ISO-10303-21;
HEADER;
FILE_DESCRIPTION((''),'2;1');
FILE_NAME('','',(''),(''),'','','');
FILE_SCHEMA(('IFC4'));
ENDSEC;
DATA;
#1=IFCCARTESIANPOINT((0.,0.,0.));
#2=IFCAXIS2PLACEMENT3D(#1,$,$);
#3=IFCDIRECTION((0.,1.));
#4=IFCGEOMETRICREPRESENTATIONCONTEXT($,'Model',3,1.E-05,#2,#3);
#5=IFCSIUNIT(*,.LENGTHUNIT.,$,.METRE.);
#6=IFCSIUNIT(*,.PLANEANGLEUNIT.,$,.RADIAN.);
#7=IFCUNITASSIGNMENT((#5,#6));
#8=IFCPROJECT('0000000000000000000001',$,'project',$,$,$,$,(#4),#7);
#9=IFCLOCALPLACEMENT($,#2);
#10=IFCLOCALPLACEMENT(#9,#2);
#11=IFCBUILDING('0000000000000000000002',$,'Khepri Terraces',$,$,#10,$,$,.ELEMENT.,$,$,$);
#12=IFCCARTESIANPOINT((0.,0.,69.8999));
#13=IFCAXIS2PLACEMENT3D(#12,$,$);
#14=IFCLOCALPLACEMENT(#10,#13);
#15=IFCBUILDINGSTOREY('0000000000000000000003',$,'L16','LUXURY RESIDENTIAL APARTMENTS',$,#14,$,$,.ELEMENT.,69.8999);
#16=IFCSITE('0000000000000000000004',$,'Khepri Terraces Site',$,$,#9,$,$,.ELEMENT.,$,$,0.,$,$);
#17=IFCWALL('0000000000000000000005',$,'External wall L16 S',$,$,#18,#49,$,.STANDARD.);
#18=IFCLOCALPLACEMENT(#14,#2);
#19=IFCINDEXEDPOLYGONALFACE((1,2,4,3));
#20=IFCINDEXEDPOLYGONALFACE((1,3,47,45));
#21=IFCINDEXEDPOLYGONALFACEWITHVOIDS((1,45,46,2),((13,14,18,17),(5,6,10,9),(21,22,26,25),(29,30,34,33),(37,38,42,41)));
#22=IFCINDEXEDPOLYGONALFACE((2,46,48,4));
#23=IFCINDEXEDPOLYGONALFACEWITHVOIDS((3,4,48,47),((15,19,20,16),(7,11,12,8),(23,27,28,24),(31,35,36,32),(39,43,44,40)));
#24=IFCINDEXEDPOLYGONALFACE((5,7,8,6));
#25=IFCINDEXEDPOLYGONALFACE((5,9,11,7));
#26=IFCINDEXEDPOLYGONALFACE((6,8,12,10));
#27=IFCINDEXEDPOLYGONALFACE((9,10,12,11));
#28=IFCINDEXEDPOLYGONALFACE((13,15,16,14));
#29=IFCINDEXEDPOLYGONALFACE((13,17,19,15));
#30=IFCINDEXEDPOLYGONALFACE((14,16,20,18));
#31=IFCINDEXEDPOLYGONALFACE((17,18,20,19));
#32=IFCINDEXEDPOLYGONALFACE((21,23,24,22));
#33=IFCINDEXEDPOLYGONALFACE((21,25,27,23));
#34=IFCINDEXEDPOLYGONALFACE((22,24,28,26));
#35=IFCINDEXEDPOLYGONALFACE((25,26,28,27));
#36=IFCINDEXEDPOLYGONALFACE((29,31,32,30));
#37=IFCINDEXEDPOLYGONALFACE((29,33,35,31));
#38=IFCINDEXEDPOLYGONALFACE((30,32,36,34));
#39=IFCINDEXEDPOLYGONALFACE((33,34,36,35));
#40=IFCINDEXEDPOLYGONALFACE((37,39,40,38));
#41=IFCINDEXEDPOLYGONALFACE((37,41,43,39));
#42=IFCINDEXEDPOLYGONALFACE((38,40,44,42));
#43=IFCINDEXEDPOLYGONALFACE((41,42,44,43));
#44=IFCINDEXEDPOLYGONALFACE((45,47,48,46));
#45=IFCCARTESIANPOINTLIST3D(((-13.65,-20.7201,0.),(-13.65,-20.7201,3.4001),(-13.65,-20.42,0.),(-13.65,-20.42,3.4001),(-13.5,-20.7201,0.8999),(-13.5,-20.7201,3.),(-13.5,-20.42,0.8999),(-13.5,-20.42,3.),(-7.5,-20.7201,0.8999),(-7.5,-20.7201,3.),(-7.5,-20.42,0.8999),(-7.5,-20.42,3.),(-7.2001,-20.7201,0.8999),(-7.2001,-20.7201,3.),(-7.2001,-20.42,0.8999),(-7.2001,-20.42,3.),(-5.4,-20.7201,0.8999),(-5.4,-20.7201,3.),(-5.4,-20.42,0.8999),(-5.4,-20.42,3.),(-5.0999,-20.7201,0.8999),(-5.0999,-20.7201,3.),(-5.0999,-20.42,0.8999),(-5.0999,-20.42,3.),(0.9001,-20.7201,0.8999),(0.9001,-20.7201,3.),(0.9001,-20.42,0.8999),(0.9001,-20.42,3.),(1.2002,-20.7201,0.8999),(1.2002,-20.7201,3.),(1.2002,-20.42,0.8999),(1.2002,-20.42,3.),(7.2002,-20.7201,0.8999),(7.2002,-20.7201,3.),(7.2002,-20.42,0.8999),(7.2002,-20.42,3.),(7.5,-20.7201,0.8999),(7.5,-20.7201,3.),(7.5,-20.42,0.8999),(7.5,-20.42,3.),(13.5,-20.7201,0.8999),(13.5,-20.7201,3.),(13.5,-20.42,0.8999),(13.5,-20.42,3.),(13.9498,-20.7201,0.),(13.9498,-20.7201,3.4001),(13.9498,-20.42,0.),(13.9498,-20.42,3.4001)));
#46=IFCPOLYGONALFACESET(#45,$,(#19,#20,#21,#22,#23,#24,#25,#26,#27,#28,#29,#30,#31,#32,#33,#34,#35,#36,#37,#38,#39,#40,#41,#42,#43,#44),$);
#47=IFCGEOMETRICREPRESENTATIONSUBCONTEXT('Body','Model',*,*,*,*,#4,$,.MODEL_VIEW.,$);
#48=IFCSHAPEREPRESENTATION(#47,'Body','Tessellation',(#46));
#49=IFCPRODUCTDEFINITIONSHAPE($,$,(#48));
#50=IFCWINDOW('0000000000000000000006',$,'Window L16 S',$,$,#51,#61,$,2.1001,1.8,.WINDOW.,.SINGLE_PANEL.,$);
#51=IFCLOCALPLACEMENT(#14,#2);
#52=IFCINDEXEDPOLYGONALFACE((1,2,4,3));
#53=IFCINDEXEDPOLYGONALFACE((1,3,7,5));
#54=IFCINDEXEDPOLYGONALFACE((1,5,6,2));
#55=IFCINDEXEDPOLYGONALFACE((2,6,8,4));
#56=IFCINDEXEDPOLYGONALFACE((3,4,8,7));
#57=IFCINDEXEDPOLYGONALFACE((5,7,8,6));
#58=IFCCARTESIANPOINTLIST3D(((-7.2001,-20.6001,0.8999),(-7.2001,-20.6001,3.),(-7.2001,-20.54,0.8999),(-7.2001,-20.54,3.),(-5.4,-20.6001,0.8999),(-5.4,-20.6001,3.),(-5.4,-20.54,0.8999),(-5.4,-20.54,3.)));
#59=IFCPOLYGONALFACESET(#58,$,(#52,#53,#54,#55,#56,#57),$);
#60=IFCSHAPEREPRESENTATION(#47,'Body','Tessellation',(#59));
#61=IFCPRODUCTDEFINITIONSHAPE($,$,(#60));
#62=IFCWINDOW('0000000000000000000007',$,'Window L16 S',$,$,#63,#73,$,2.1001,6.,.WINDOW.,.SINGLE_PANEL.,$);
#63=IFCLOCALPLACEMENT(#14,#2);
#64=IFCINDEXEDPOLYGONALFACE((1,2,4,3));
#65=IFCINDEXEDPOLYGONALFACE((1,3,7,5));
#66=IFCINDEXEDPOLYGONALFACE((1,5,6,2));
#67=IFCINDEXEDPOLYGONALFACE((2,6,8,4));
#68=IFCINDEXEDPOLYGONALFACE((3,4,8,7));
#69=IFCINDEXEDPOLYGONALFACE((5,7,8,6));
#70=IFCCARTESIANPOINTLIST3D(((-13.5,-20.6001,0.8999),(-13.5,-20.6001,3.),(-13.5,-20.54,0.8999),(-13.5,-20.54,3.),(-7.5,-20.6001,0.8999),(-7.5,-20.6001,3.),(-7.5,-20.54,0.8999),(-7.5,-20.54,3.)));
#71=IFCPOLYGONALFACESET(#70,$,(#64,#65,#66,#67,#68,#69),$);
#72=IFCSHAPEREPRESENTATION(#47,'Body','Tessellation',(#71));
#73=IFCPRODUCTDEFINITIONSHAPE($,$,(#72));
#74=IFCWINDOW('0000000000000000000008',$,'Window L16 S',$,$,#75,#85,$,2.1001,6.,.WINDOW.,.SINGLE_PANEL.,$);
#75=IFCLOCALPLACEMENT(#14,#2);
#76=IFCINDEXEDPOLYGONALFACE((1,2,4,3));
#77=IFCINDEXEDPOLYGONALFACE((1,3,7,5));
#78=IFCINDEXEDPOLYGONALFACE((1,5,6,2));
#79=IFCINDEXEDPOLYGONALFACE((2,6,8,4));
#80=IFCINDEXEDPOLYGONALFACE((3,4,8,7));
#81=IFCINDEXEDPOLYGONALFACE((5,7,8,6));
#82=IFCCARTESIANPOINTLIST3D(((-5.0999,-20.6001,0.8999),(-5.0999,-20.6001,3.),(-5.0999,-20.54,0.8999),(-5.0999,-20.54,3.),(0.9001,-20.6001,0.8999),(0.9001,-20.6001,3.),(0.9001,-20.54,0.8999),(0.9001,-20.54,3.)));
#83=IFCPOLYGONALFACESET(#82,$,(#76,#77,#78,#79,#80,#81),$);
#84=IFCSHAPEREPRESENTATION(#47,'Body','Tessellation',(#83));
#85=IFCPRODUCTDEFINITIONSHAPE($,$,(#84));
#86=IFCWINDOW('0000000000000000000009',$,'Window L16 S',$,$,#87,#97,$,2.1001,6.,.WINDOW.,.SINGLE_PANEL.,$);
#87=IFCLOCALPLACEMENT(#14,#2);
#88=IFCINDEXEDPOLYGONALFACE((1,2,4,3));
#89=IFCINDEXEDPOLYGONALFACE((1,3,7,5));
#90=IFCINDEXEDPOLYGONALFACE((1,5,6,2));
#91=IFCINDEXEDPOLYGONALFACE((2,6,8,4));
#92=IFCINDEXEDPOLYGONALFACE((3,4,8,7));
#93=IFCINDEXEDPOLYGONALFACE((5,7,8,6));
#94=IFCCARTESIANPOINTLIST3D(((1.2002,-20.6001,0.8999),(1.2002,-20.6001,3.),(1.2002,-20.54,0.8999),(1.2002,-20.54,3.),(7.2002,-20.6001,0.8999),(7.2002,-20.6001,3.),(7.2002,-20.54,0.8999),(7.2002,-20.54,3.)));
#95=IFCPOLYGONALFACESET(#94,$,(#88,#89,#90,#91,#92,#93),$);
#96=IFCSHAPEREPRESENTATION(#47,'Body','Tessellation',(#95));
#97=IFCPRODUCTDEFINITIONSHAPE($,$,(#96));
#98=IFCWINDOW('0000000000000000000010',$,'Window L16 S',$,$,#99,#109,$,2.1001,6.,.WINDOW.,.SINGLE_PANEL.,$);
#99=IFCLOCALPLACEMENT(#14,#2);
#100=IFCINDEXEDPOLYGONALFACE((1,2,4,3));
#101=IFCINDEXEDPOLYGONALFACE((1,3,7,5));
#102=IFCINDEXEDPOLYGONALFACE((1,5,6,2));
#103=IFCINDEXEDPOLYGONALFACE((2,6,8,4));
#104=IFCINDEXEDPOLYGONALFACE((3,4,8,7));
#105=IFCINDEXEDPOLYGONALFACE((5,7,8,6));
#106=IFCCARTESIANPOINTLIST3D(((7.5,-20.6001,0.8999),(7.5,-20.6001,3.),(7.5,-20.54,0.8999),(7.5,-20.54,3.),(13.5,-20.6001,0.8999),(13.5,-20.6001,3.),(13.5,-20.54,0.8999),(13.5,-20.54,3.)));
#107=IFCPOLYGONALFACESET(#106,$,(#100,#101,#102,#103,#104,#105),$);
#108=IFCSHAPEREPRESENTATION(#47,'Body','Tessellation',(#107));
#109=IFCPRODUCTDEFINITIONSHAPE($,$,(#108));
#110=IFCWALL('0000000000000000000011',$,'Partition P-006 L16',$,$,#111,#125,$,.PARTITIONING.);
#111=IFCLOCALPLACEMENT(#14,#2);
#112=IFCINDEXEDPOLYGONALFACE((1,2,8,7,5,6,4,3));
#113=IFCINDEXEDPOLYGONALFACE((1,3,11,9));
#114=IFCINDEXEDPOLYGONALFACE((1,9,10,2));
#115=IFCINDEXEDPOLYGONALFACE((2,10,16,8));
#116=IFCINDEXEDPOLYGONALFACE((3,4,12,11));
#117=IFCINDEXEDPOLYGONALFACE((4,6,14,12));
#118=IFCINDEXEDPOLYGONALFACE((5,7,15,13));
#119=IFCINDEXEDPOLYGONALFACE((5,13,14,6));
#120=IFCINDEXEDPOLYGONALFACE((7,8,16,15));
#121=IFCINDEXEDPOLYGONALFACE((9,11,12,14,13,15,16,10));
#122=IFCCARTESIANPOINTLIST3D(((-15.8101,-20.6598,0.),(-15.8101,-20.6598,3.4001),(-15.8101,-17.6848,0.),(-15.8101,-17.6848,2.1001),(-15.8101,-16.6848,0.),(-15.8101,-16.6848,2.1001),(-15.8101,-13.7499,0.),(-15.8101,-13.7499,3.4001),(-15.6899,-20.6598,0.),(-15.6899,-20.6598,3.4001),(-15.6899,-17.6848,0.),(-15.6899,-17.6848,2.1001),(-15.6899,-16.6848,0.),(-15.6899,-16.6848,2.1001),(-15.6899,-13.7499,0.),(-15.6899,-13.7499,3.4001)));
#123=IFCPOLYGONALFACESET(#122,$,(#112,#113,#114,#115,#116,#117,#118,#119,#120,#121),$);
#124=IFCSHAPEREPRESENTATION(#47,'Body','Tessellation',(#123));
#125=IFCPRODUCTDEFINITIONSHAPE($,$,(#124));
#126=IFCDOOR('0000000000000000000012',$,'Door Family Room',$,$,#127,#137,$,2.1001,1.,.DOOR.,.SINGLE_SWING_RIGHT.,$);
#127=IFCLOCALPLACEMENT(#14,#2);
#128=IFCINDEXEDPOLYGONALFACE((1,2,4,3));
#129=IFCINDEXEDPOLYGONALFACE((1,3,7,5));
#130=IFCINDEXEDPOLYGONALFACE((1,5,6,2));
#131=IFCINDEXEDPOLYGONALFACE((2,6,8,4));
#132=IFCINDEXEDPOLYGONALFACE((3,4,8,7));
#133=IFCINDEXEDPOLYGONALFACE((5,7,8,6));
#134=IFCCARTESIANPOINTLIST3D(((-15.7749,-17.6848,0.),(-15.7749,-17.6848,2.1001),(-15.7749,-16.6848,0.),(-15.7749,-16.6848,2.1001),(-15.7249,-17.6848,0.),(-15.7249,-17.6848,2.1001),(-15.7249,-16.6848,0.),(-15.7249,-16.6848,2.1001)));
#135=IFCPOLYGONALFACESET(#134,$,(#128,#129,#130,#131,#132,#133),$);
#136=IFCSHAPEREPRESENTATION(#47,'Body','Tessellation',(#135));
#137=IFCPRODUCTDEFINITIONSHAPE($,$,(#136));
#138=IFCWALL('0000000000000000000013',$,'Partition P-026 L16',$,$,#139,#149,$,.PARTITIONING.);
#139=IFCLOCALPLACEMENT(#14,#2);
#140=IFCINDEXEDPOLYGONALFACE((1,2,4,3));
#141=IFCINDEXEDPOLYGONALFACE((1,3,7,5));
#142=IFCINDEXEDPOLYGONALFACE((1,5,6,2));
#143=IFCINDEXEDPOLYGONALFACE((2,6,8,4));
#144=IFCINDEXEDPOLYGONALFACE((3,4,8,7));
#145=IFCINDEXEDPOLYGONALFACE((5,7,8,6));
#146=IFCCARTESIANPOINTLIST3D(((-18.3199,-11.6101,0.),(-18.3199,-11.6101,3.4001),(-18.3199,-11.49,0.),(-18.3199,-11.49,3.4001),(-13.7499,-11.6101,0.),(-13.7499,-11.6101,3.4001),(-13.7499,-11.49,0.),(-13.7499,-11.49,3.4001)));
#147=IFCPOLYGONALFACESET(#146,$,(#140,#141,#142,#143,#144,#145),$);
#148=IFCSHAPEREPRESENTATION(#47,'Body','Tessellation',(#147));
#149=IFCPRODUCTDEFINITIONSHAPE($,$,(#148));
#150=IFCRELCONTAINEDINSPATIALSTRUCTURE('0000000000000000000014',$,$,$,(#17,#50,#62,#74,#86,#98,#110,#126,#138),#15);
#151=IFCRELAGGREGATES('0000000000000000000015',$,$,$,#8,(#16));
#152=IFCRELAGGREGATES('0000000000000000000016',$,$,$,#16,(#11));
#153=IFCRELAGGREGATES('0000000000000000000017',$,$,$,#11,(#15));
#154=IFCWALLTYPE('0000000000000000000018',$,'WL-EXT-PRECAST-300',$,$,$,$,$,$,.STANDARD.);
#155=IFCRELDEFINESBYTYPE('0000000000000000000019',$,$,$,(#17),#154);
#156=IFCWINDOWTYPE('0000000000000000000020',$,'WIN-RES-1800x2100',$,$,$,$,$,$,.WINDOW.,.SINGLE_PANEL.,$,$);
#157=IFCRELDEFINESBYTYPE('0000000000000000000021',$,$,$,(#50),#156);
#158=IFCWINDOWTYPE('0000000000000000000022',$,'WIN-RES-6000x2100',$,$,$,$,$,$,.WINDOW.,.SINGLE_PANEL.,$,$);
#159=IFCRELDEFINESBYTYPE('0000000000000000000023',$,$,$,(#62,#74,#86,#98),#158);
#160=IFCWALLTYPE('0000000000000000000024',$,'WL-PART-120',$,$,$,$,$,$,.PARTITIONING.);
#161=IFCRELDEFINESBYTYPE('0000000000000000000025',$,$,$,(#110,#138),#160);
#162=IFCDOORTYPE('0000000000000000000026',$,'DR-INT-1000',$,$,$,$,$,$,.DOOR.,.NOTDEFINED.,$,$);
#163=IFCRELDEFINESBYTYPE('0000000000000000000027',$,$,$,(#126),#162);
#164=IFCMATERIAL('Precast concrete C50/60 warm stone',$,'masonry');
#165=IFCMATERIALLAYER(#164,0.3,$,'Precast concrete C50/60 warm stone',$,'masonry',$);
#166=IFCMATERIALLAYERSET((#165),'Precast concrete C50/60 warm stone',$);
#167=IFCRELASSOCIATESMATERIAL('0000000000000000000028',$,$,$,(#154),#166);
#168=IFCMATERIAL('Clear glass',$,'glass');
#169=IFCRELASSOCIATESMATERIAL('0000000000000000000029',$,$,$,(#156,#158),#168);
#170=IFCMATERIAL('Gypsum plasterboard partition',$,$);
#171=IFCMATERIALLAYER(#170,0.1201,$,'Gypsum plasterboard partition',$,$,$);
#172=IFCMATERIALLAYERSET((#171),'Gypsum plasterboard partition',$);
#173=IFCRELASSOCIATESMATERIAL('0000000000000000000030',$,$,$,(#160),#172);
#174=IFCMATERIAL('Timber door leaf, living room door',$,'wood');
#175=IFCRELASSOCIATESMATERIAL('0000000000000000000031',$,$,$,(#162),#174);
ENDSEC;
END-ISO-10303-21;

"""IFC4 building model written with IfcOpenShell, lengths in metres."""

from ifc_helpers import new_model, si_unit, direction, frame, frame_2d, origin, place, context, subcontext, project, spatial, rectangle, extrude, material, layer, layer_set, type_object, element, fill, save


model = new_model("IFC4")

# Units and contexts
model_context = context("Model", 3, precision=1e-05, world=origin(), true_north=direction((0.0, 1.0)))
body_context = subcontext(model_context, "Body", "Model", "MODEL_VIEW")
ifc_project = project(units=[si_unit("LENGTHUNIT", "METRE"), si_unit("PLANEANGLEUNIT", "RADIAN")], contexts=[model_context])

# Site, building, storey
site_placement = place(None, origin())
site = spatial("IfcSite", under=ifc_project, at=site_placement, Name="Khepri Terraces Site", CompositionType="ELEMENT", RefElevation=0.0)
building_placement = place(site_placement, origin())
building = spatial("IfcBuilding", under=site, at=building_placement, Name="Khepri Terraces", CompositionType="ELEMENT")
storey_placement = place(building_placement, frame((0.0, 0.0, 69.8999)))
storey = spatial("IfcBuildingStorey", under=building, at=storey_placement, Name="L16", Description="LUXURY RESIDENTIAL APARTMENTS", CompositionType="ELEMENT", Elevation=69.8999)

# Shared definitions
ifc_material_1 = material(Name="Precast concrete C50/60 warm stone", Category="masonry")
ifc_layer_1 = layer(ifc_material_1, 0.3, Name="Precast concrete C50/60 warm stone", Category="masonry")
ifc_layer_set_1 = layer_set([ifc_layer_1], Name="Precast concrete C50/60 warm stone")
wall_type_1 = type_object("IfcWallType", Name="WL-EXT-PRECAST-300", PredefinedType="STANDARD", material=ifc_layer_set_1)

# Shared definitions
ifc_material_2 = material(Name="Clear glass", Category="glass")
window_type_1 = type_object("IfcWindowType", Name="WIN-RES-1800x2100", PartitioningType="SINGLE_PANEL", PredefinedType="WINDOW", material=ifc_material_2)

# Wall, openings, windows
wall_1_placement = place(storey_placement, frame((-13.6499, -20.5701, 0.0), z_axis=(0.0, 0.0, 1.0), x_axis=(1.0, 0.0, 0.0)))
wall_1 = element("IfcWall", 1, at=wall_1_placement, inside=storey, type_object=wall_type_1, Name="External wall L16 S", PredefinedType="STANDARD", context=body_context, shape_type="SweptSolid", body=[
    extrude(rectangle(XDim=27.5999, YDim=0.3, at=frame_2d((13.7998, 0.0))), origin(), (0.0, 0.0, 1.0), 3.4001),
])
opening_1_placement = place(wall_1_placement, frame((0.1499, 0.0, 0.8999)))
opening_1 = element("IfcOpeningElement", 2, at=opening_1_placement, cuts=wall_1, PredefinedType="OPENING", context=body_context, shape_type="SweptSolid", body=[
    extrude(rectangle(XDim=6.0, YDim=2.1001, at=frame_2d((3.0, 1.05))), frame((0.0, 0.1602, 0.0), z_axis=(0.0, -1.0, 0.0), x_axis=(1.0, 0.0, 0.0)), (0.0, 0.0, 1.0), 0.3201),
])
opening_2_placement = place(wall_1_placement, frame((6.45, 0.0, 0.8999)))
opening_2 = element("IfcOpeningElement", 3, at=opening_2_placement, cuts=wall_1, PredefinedType="OPENING", context=body_context, shape_type="SweptSolid", body=[
    extrude(rectangle(XDim=1.8, YDim=2.1001, at=frame_2d((0.8999, 1.05))), frame((0.0, 0.1602, 0.0), z_axis=(0.0, -1.0, 0.0), x_axis=(1.0, 0.0, 0.0)), (0.0, 0.0, 1.0), 0.3201),
])
opening_3_placement = place(wall_1_placement, frame((8.55, 0.0, 0.8999)))
opening_3 = element("IfcOpeningElement", 4, at=opening_3_placement, cuts=wall_1, PredefinedType="OPENING", context=body_context, shape_type="SweptSolid", body=[
    extrude(rectangle(XDim=6.0, YDim=2.1001, at=frame_2d((3.0, 1.05))), frame((0.0, 0.1602, 0.0), z_axis=(0.0, -1.0, 0.0), x_axis=(1.0, 0.0, 0.0)), (0.0, 0.0, 1.0), 0.3201),
])
opening_4_placement = place(wall_1_placement, frame((14.8501, 0.0, 0.8999)))
opening_4 = element("IfcOpeningElement", 5, at=opening_4_placement, cuts=wall_1, PredefinedType="OPENING", context=body_context, shape_type="SweptSolid", body=[
    extrude(rectangle(XDim=6.0, YDim=2.1001, at=frame_2d((3.0, 1.05))), frame((0.0, 0.1602, 0.0), z_axis=(0.0, -1.0, 0.0), x_axis=(1.0, 0.0, 0.0)), (0.0, 0.0, 1.0), 0.3201),
])
opening_5_placement = place(wall_1_placement, frame((21.1499, 0.0, 0.8999)))
opening_5 = element("IfcOpeningElement", 6, at=opening_5_placement, cuts=wall_1, PredefinedType="OPENING", context=body_context, shape_type="SweptSolid", body=[
    extrude(rectangle(XDim=6.0, YDim=2.1001, at=frame_2d((3.0, 1.05))), frame((0.0, 0.1602, 0.0), z_axis=(0.0, -1.0, 0.0), x_axis=(1.0, 0.0, 0.0)), (0.0, 0.0, 1.0), 0.3201),
])
window_1_placement = place(opening_2_placement, origin())
window_1 = element("IfcWindow", 7, at=window_1_placement, inside=storey, type_object=window_type_1, Name="Window L16 S", OverallHeight=2.1001, OverallWidth=1.8, PartitioningType="SINGLE_PANEL", PredefinedType="WINDOW", context=body_context, shape_type="SweptSolid", body=[
    extrude(rectangle(XDim=1.8, YDim=2.1001, at=frame_2d((0.8999, 1.05))), frame((0.0, 0.03, 0.0), z_axis=(0.0, -1.0, 0.0), x_axis=(1.0, 0.0, 0.0)), (0.0, 0.0, 1.0), 0.0601),
])
fill(opening_2, window_1)
window_type_2 = type_object("IfcWindowType", Name="WIN-RES-6000x2100", PartitioningType="SINGLE_PANEL", PredefinedType="WINDOW", material=ifc_material_2)
window_2_placement = place(opening_1_placement, origin())
window_2 = element("IfcWindow", 8, at=window_2_placement, inside=storey, type_object=window_type_2, Name="Window L16 S", OverallHeight=2.1001, OverallWidth=6.0, PartitioningType="SINGLE_PANEL", PredefinedType="WINDOW", context=body_context, shape_type="SweptSolid", body=[
    extrude(rectangle(XDim=6.0, YDim=2.1001, at=frame_2d((3.0, 1.05))), frame((0.0, 0.03, 0.0), z_axis=(0.0, -1.0, 0.0), x_axis=(1.0, 0.0, 0.0)), (0.0, 0.0, 1.0), 0.0601),
])
fill(opening_1, window_2)
window_3_placement = place(opening_3_placement, origin())
window_3 = element("IfcWindow", 9, at=window_3_placement, inside=storey, type_object=window_type_2, Name="Window L16 S", OverallHeight=2.1001, OverallWidth=6.0, PartitioningType="SINGLE_PANEL", PredefinedType="WINDOW", context=body_context, shape_type="SweptSolid", body=[
    extrude(rectangle(XDim=6.0, YDim=2.1001, at=frame_2d((3.0, 1.05))), frame((0.0, 0.03, 0.0), z_axis=(0.0, -1.0, 0.0), x_axis=(1.0, 0.0, 0.0)), (0.0, 0.0, 1.0), 0.0601),
])
fill(opening_3, window_3)
window_4_placement = place(opening_4_placement, origin())
window_4 = element("IfcWindow", 10, at=window_4_placement, inside=storey, type_object=window_type_2, Name="Window L16 S", OverallHeight=2.1001, OverallWidth=6.0, PartitioningType="SINGLE_PANEL", PredefinedType="WINDOW", context=body_context, shape_type="SweptSolid", body=[
    extrude(rectangle(XDim=6.0, YDim=2.1001, at=frame_2d((3.0, 1.05))), frame((0.0, 0.03, 0.0), z_axis=(0.0, -1.0, 0.0), x_axis=(1.0, 0.0, 0.0)), (0.0, 0.0, 1.0), 0.0601),
])
fill(opening_4, window_4)
window_5_placement = place(opening_5_placement, origin())
window_5 = element("IfcWindow", 11, at=window_5_placement, inside=storey, type_object=window_type_2, Name="Window L16 S", OverallHeight=2.1001, OverallWidth=6.0, PartitioningType="SINGLE_PANEL", PredefinedType="WINDOW", context=body_context, shape_type="SweptSolid", body=[
    extrude(rectangle(XDim=6.0, YDim=2.1001, at=frame_2d((3.0, 1.05))), frame((0.0, 0.03, 0.0), z_axis=(0.0, -1.0, 0.0), x_axis=(1.0, 0.0, 0.0)), (0.0, 0.0, 1.0), 0.0601),
])
fill(opening_5, window_5)

# Wall, opening, door
ifc_material_3 = material(Name="Gypsum plasterboard partition")
ifc_layer_2 = layer(ifc_material_3, 0.1201, Name="Gypsum plasterboard partition")
ifc_layer_set_2 = layer_set([ifc_layer_2], Name="Gypsum plasterboard partition")
wall_type_2 = type_object("IfcWallType", Name="WL-PART-120", PredefinedType="PARTITIONING", material=ifc_layer_set_2)
wall_2_placement = place(storey_placement, frame((-15.75, -20.6599, 0.0), z_axis=(0.0, 0.0, 1.0), x_axis=(0.0, 1.0, 0.0)))
wall_2 = element("IfcWall", 12, at=wall_2_placement, inside=storey, type_object=wall_type_2, Name="Partition P-006 L16", PredefinedType="PARTITIONING", context=body_context, shape_type="SweptSolid", body=[
    extrude(rectangle(XDim=6.9099, YDim=0.1201, at=frame_2d((3.4551, 0.0))), origin(), (0.0, 0.0, 1.0), 3.4001),
])
opening_6_placement = place(wall_2_placement, frame((2.9751, 0.0, 0.0)))
opening_6 = element("IfcOpeningElement", 13, at=opening_6_placement, cuts=wall_2, PredefinedType="OPENING", context=body_context, shape_type="SweptSolid", body=[
    extrude(rectangle(XDim=1.0, YDim=2.1001, at=frame_2d((0.5, 1.05))), frame((0.0, 0.0701, 0.0), z_axis=(0.0, -1.0, 0.0), x_axis=(1.0, 0.0, 0.0)), (0.0, 0.0, 1.0), 0.1401),
])
ifc_material_4 = material(Name="Timber door leaf, living room door", Category="wood")
door_type_1 = type_object("IfcDoorType", Name="DR-INT-1000", OperationType="NOTDEFINED", PredefinedType="DOOR", material=ifc_material_4)
door_1_placement = place(opening_6_placement, origin())
door_1 = element("IfcDoor", 14, at=door_1_placement, inside=storey, type_object=door_type_1, Name="Door Family Room", OperationType="SINGLE_SWING_RIGHT", OverallHeight=2.1001, OverallWidth=1.0, PredefinedType="DOOR", context=body_context, shape_type="SweptSolid", body=[
    extrude(rectangle(XDim=1.0, YDim=2.1001, at=frame_2d((0.5, 1.05))), frame((0.0, 0.0249, 0.0), z_axis=(0.0, -1.0, 0.0), x_axis=(1.0, 0.0, 0.0)), (0.0, 0.0, 1.0), 0.05),
])
fill(opening_6, door_1)

# Wall
wall_3_placement = place(storey_placement, frame((-18.3201, -11.55, 0.0), z_axis=(0.0, 0.0, 1.0), x_axis=(1.0, 0.0, 0.0)))
element("IfcWall", 15, at=wall_3_placement, inside=storey, type_object=wall_type_2, Name="Partition P-026 L16", PredefinedType="PARTITIONING", context=body_context, shape_type="SweptSolid", body=[
    extrude(rectangle(XDim=4.5701, YDim=0.1201, at=frame_2d((2.2852, 0.0))), origin(), (0.0, 0.0, 1.0), 3.4001),
])

save(model, "model.ifc")
